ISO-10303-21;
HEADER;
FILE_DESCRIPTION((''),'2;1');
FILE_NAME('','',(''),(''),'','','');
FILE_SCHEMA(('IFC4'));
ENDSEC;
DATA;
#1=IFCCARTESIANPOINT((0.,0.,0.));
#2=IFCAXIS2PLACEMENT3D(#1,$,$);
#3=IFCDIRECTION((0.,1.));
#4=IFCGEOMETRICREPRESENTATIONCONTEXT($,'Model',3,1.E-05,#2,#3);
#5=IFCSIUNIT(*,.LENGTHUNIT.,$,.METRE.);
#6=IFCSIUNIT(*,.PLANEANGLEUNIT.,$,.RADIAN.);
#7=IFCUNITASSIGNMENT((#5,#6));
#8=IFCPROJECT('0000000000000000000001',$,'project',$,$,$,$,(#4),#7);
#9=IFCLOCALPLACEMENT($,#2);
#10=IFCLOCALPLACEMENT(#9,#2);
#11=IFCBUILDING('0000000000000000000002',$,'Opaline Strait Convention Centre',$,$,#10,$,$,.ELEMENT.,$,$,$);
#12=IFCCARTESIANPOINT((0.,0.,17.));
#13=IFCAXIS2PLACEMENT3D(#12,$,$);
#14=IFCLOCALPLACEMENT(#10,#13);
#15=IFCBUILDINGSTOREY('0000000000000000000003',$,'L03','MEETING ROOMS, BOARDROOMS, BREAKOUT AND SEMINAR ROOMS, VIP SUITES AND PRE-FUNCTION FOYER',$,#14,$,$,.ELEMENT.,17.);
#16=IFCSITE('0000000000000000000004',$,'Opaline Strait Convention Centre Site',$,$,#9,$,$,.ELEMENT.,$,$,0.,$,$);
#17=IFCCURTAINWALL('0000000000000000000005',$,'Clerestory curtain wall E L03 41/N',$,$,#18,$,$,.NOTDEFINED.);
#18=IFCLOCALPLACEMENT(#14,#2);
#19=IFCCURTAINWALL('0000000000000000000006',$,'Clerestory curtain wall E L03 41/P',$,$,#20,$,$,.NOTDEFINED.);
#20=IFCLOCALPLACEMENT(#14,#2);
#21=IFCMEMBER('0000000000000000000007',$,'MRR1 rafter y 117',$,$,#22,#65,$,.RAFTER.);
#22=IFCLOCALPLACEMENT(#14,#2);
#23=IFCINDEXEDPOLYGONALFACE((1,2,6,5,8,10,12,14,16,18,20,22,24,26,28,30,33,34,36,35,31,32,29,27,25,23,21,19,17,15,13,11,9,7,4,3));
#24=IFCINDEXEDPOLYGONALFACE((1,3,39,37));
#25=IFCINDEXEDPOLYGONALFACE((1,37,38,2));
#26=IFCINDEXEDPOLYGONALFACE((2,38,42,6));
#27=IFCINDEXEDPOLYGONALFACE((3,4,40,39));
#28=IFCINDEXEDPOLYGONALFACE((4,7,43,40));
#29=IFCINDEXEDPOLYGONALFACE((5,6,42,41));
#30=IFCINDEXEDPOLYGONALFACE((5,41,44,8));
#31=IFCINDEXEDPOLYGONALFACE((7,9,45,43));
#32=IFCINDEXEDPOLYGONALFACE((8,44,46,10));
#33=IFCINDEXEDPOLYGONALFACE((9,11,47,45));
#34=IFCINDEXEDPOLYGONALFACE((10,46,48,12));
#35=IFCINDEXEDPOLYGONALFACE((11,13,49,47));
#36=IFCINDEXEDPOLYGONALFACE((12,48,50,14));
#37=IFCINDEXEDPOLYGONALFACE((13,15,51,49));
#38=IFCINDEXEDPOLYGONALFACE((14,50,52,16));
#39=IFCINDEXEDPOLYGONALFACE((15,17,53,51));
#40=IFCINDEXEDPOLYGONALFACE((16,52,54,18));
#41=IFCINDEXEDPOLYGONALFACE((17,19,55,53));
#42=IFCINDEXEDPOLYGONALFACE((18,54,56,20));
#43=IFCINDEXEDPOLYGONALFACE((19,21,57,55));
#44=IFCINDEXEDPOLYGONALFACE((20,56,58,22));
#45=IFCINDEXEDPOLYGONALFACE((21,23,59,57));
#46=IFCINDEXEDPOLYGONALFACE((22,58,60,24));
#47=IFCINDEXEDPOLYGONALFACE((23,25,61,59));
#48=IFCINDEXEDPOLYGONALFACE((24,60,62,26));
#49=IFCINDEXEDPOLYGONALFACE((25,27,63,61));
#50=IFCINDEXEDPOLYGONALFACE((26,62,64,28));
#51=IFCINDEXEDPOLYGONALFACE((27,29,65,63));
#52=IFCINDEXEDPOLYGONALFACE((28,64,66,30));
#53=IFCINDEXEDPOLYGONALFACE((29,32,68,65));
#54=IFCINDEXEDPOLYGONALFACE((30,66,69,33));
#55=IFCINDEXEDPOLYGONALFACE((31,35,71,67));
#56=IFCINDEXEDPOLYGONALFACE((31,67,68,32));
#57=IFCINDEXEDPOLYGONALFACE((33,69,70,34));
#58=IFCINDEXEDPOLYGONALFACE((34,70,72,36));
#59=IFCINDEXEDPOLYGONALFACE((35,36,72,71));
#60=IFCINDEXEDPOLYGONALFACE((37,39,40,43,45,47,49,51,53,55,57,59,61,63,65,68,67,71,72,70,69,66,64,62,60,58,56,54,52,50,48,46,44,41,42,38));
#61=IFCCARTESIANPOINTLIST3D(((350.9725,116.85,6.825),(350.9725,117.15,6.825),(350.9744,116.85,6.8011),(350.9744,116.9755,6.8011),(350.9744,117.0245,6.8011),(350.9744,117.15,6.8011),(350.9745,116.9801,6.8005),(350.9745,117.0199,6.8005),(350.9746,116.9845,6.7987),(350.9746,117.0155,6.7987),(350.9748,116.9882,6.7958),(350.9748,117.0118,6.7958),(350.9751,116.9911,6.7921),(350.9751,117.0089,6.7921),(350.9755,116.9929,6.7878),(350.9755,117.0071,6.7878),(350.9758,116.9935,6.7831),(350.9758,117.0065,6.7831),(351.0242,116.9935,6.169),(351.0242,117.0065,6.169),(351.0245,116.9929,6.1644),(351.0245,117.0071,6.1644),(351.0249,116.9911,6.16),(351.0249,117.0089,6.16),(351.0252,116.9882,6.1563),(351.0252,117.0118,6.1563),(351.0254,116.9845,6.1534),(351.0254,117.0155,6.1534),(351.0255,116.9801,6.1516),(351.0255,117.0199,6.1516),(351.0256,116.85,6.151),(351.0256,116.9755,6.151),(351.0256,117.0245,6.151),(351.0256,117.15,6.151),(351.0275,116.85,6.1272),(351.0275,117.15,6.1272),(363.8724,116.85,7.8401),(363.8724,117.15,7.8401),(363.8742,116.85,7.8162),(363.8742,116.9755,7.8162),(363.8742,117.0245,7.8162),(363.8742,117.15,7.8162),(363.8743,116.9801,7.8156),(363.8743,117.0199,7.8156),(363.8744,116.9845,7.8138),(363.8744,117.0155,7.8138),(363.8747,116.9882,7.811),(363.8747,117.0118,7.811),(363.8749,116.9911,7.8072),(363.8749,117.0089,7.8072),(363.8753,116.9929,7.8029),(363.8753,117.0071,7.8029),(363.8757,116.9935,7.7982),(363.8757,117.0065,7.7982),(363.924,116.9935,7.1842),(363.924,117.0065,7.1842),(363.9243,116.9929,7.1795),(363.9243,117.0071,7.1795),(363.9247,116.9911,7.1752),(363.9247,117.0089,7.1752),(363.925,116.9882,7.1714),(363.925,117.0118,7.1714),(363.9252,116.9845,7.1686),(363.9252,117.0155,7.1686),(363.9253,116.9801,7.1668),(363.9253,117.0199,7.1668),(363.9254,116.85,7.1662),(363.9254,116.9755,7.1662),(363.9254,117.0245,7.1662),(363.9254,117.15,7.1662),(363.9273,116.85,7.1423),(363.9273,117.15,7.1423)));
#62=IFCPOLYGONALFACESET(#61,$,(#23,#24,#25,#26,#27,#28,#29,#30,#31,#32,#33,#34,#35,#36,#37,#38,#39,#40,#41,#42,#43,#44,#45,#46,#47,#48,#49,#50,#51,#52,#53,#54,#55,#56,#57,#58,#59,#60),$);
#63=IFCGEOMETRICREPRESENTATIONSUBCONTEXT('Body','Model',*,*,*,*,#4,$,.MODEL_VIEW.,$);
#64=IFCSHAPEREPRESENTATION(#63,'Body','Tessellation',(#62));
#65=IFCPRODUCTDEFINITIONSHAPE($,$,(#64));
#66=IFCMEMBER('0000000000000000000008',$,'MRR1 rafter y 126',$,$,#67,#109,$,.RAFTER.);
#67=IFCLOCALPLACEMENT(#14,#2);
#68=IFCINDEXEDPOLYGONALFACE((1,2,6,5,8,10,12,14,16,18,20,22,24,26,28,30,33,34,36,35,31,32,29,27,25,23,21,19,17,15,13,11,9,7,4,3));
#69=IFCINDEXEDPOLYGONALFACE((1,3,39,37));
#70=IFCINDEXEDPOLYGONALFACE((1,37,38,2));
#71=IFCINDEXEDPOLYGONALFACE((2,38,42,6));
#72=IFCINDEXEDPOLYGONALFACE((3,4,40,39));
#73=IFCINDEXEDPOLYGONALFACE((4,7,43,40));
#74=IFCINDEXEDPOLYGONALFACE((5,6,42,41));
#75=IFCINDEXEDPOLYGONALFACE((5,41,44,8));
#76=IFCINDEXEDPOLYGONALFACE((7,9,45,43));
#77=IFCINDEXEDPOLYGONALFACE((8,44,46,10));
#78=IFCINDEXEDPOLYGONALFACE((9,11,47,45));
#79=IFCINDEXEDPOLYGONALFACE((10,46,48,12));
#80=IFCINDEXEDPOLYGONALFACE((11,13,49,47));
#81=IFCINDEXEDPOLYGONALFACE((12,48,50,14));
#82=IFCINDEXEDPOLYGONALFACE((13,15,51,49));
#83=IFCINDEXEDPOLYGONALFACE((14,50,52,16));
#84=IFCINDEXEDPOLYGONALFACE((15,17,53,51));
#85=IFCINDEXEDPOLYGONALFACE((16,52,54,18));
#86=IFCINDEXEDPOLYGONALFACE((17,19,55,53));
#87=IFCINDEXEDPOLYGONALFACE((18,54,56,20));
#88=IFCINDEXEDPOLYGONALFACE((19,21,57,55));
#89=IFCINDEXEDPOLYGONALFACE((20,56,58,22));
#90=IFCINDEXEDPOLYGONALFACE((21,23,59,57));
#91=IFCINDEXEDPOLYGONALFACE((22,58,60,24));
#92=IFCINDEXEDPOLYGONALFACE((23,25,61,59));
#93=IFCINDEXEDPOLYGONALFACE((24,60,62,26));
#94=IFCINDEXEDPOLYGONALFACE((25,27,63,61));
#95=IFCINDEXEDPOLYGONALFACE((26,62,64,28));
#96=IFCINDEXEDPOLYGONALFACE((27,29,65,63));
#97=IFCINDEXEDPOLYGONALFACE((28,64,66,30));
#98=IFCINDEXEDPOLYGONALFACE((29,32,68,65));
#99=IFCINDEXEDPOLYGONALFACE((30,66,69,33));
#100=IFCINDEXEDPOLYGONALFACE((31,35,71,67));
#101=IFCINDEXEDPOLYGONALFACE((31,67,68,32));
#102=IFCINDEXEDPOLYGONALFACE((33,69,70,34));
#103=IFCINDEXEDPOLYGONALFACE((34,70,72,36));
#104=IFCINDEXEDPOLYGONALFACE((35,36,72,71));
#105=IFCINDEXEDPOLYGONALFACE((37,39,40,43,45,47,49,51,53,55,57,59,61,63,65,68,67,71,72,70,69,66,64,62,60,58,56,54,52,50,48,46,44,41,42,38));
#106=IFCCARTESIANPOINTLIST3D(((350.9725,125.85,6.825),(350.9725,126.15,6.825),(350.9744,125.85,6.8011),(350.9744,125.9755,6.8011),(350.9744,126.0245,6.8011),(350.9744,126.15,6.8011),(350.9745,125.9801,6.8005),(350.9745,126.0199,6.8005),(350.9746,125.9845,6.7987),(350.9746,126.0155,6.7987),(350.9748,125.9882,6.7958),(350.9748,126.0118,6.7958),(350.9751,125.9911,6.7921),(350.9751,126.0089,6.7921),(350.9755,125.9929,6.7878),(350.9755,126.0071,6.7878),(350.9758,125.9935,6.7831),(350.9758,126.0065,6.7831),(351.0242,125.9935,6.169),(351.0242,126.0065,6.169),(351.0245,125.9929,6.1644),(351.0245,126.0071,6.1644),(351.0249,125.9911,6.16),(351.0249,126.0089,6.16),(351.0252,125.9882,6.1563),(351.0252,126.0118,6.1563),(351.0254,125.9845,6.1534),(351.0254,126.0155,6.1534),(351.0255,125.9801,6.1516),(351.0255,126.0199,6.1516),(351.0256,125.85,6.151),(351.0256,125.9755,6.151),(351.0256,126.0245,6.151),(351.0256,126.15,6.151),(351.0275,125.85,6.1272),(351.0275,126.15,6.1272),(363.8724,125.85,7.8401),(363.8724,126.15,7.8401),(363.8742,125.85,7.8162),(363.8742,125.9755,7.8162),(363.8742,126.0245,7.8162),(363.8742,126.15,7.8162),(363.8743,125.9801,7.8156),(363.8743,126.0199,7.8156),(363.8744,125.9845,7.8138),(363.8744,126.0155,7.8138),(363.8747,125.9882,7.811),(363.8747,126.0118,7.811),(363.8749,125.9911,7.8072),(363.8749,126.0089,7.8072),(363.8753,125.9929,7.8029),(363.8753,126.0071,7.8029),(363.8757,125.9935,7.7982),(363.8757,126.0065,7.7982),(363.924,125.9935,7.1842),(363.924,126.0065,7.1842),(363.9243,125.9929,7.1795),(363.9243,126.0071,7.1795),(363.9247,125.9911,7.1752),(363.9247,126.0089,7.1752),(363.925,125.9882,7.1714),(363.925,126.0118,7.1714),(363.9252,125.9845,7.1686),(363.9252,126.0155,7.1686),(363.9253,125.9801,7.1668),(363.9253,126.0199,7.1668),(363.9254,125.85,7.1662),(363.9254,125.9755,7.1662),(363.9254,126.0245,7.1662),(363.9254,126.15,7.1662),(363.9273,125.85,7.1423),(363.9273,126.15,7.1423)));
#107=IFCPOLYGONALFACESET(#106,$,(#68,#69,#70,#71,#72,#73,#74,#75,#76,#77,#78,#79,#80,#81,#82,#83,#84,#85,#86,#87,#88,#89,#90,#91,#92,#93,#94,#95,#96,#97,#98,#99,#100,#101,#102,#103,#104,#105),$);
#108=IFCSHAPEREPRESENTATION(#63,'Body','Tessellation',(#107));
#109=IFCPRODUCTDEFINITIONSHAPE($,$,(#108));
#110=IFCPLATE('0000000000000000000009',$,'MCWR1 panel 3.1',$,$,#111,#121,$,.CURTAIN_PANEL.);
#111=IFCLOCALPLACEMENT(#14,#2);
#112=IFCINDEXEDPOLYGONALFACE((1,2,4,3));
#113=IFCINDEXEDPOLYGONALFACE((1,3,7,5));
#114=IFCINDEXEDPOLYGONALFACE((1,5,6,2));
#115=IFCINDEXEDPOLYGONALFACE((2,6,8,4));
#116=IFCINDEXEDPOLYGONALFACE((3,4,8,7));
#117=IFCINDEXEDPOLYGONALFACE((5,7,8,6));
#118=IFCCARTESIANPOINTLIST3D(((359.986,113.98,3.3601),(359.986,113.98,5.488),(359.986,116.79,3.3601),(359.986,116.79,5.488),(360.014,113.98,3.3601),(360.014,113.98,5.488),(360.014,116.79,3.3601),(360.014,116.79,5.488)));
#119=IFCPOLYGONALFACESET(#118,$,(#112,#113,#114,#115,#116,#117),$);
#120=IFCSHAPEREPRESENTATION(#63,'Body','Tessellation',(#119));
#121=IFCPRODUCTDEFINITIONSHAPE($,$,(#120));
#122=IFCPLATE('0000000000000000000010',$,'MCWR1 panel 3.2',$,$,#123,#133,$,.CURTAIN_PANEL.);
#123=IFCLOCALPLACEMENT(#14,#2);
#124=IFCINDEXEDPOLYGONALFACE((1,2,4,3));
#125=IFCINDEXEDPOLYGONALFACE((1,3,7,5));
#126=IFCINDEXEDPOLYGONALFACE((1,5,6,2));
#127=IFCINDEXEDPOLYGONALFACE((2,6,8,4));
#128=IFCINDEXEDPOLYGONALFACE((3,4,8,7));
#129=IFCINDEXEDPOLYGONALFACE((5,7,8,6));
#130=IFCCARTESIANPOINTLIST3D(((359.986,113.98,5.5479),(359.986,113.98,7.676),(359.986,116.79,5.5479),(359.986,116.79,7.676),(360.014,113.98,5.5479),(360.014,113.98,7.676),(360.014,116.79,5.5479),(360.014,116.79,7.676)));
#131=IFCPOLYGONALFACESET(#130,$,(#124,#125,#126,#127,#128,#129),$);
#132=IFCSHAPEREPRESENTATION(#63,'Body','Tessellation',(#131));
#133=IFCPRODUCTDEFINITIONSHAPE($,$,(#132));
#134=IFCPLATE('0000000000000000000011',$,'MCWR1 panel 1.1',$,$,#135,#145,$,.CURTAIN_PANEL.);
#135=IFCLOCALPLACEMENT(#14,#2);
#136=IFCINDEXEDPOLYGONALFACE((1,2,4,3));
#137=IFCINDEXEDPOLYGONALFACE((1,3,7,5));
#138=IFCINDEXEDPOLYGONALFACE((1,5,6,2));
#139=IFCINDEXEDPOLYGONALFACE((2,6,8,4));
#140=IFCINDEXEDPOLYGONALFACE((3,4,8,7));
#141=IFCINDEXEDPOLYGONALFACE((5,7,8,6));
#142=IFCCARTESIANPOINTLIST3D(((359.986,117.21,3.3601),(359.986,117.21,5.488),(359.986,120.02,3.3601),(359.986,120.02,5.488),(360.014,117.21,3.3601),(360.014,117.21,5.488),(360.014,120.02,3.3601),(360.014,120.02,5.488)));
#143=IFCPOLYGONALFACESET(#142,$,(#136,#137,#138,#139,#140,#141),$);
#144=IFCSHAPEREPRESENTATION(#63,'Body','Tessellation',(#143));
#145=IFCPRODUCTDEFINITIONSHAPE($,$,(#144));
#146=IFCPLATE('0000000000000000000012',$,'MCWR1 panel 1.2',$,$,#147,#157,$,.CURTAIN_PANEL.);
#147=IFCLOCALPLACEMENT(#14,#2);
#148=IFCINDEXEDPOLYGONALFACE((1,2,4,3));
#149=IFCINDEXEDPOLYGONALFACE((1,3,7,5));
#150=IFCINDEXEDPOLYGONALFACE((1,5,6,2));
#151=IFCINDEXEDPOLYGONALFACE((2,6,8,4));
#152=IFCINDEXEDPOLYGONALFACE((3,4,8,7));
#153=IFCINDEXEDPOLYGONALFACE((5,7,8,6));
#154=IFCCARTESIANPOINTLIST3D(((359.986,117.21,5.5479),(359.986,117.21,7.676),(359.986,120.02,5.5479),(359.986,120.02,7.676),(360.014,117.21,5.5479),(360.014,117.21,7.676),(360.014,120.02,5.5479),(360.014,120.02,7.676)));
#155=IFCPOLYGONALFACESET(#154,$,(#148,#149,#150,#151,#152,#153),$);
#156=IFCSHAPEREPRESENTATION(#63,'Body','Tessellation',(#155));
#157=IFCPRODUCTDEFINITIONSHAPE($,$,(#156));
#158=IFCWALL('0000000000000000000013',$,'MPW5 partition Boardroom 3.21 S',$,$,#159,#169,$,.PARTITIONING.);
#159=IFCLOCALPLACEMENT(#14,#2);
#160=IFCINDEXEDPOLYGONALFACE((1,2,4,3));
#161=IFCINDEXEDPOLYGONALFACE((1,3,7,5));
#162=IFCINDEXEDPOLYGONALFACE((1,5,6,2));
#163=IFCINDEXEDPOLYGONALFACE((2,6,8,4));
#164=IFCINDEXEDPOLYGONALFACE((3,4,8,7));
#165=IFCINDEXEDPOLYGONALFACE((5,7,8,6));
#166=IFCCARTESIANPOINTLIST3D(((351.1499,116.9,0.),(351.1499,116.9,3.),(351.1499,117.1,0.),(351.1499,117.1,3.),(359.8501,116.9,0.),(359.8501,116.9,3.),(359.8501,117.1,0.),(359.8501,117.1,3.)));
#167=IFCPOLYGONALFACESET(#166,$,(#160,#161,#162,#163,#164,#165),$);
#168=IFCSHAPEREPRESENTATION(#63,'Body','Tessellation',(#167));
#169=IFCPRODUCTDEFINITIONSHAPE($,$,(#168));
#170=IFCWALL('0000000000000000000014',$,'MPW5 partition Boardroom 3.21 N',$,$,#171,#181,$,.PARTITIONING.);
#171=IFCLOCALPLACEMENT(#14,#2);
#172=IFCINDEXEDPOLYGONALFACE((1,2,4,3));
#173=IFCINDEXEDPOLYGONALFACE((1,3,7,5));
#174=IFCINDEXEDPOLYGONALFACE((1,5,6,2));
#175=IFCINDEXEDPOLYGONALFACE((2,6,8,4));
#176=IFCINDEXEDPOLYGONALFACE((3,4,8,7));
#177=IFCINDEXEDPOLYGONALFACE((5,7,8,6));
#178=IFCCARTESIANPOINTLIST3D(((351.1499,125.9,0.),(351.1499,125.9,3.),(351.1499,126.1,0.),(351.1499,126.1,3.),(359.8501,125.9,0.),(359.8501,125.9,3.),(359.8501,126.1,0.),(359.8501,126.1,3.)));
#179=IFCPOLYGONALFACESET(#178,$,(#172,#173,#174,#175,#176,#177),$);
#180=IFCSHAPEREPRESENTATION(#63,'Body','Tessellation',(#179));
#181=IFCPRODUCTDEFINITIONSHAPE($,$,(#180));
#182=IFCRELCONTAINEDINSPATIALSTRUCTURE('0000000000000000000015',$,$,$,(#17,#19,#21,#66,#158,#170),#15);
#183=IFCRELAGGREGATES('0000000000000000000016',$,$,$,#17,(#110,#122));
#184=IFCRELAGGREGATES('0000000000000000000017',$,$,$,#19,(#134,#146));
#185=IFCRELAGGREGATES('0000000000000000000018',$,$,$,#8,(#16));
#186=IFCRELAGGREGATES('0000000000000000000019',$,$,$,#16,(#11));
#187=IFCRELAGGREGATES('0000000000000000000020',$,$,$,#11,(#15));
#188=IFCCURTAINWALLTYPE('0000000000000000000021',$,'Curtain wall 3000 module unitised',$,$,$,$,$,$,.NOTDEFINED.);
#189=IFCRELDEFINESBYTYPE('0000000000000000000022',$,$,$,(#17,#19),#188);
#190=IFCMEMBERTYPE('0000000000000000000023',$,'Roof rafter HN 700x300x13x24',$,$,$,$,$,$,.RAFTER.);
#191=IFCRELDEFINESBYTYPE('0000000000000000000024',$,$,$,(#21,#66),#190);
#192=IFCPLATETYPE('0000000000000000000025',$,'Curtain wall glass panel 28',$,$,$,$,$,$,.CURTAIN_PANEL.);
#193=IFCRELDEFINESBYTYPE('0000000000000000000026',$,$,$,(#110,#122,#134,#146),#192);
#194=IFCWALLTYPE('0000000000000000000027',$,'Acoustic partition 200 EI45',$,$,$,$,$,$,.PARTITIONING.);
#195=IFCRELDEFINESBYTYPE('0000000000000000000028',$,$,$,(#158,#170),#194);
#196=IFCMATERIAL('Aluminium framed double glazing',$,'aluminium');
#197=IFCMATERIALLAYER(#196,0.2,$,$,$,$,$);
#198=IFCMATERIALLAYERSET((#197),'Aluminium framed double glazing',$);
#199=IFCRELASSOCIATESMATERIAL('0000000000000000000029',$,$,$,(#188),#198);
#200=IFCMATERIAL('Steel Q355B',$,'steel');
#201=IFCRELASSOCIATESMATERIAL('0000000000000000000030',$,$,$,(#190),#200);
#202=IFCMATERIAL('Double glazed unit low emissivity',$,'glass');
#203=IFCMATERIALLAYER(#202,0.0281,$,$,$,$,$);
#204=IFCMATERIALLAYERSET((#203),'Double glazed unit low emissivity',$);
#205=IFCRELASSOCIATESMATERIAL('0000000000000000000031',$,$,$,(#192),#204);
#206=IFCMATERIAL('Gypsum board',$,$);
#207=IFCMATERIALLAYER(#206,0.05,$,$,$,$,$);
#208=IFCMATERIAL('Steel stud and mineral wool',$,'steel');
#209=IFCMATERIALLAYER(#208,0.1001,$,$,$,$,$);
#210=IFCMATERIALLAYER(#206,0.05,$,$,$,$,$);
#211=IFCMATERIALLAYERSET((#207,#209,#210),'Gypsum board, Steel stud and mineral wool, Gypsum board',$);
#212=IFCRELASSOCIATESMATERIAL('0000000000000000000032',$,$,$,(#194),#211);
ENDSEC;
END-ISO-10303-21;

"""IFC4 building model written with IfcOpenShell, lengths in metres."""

from ifc_helpers import new_model, si_unit, direction, frame, frame_2d, origin, origin_2d, place, context, subcontext, project, spatial, rectangle, i_section, extrude, material, layer, layer_set, material_profile, profile_set, type_object, element, aggregate, save


model = new_model("IFC4")

# Units and contexts
model_context = context("Model", 3, precision=1e-05, world=origin(), true_north=direction((0.0, 1.0)))
body_context = subcontext(model_context, "Body", "Model", "MODEL_VIEW")
ifc_project = project(units=[si_unit("LENGTHUNIT", "METRE"), si_unit("PLANEANGLEUNIT", "RADIAN")], contexts=[model_context])

# Site, building, storey
site_placement = place(None, origin())
site = spatial("IfcSite", under=ifc_project, at=site_placement, Name="Opaline Strait Convention Centre Site", CompositionType="ELEMENT", RefElevation=0.0)
building_placement = place(site_placement, origin())
building = spatial("IfcBuilding", under=site, at=building_placement, Name="Opaline Strait Convention Centre", CompositionType="ELEMENT")
storey_placement = place(building_placement, frame((0.0, 0.0, 17.0)))
storey = spatial("IfcBuildingStorey", under=building, at=storey_placement, Name="L03", Description="MEETING ROOMS, BOARDROOMS, BREAKOUT AND SEMINAR ROOMS, VIP SUITES AND PRE-FUNCTION FOYER", CompositionType="ELEMENT", Elevation=17.0)

# Shared definitions
ifc_material_1 = material(Name="Steel Q355B", Category="steel")

# Curtain walls
ifc_material_2 = material(Name="Aluminium framed double glazing", Category="aluminium")
ifc_layer_1 = layer(ifc_material_2, 0.2)
ifc_layer_set_1 = layer_set([ifc_layer_1], Name="Aluminium framed double glazing")
curtain_wall_type = type_object("IfcCurtainWallType", Name="Curtain wall 3000 module unitised", PredefinedType="NOTDEFINED", material=ifc_layer_set_1)
curtain_wall_1_placement = place(storey_placement, origin())
curtain_wall_1 = element("IfcCurtainWall", 1, at=curtain_wall_1_placement, inside=storey, type_object=curtain_wall_type, Name="Clerestory curtain wall E L03 41/N", PredefinedType="NOTDEFINED")
curtain_wall_2_placement = place(storey_placement, origin())
curtain_wall_2 = element("IfcCurtainWall", 2, at=curtain_wall_2_placement, inside=storey, type_object=curtain_wall_type, Name="Clerestory curtain wall E L03 41/P", PredefinedType="NOTDEFINED")

# Members
ifc_material_profile_1 = material_profile(ifc_material_1, i_section(OverallWidth=0.3, OverallDepth=0.7, WebThickness=0.0129, FlangeThickness=0.0239, FilletRadius=0.0181, at=origin_2d()), Name="HN 700x300x13x24")
ifc_profile_set_1 = profile_set([ifc_material_profile_1], Name="Steel Q355B")
member_type_1 = type_object("IfcMemberType", Name="Roof rafter HN 700x300x13x24", PredefinedType="RAFTER", material=ifc_profile_set_1)
for number, where, z_axis, x_axis, name in (
    (3, (351.0, 117.0, 6.4761), (0.996918, 0.0, 0.078451), (0.0, 1.0, 0.0), "MRR1 rafter y 117"),
    (4, (351.0, 126.0, 6.4761), (0.996918, 0.0, 0.078451), (0.0, 1.0, 0.0), "MRR1 rafter y 126"),
):
    element("IfcMember", number, at=place(storey_placement, frame(where, z_axis=z_axis, x_axis=x_axis)), inside=storey, type_object=member_type_1, Name=name, PredefinedType="RAFTER", context=body_context, shape_type="SweptSolid", body=[
        extrude(i_section(OverallWidth=0.3, OverallDepth=0.7, WebThickness=0.0129, FlangeThickness=0.0239, FilletRadius=0.0181, at=origin_2d()), origin(), (0.0, 0.0, 1.0), 12.9397),
    ])

# Plates
ifc_material_3 = material(Name="Double glazed unit low emissivity", Category="glass")
ifc_layer_2 = layer(ifc_material_3, 0.0281)
ifc_layer_set_2 = layer_set([ifc_layer_2], Name="Double glazed unit low emissivity")
plate_type = type_object("IfcPlateType", Name="Curtain wall glass panel 28", PredefinedType="CURTAIN_PANEL", material=ifc_layer_set_2)
plate_1_placement = place(storey_placement, frame((360.0, 115.385, 3.3601), z_axis=(0.0, 0.0, 1.0), x_axis=(0.0, 1.0, 0.0)))
plate_1 = element("IfcPlate", 5, at=plate_1_placement, type_object=plate_type, Name="MCWR1 panel 3.1", PredefinedType="CURTAIN_PANEL", context=body_context, shape_type="SweptSolid", body=[
    extrude(rectangle(XDim=2.8101, YDim=0.0281, at=origin_2d()), origin(), (0.0, 0.0, 1.0), 2.1279),
])
plate_2_placement = place(storey_placement, frame((360.0, 115.385, 5.5479), z_axis=(0.0, 0.0, 1.0), x_axis=(0.0, 1.0, 0.0)))
plate_2 = element("IfcPlate", 6, at=plate_2_placement, type_object=plate_type, Name="MCWR1 panel 3.2", PredefinedType="CURTAIN_PANEL", context=body_context, shape_type="SweptSolid", body=[
    extrude(rectangle(XDim=2.8101, YDim=0.0281, at=origin_2d()), origin(), (0.0, 0.0, 1.0), 2.1282),
])
aggregate(curtain_wall_1, [plate_1, plate_2])
plate_3_placement = place(storey_placement, frame((360.0, 118.615, 3.3601), z_axis=(0.0, 0.0, 1.0), x_axis=(0.0, 1.0, 0.0)))
plate_3 = element("IfcPlate", 7, at=plate_3_placement, type_object=plate_type, Name="MCWR1 panel 1.1", PredefinedType="CURTAIN_PANEL", context=body_context, shape_type="SweptSolid", body=[
    extrude(rectangle(XDim=2.8101, YDim=0.0281, at=origin_2d()), origin(), (0.0, 0.0, 1.0), 2.1279),
])
plate_4_placement = place(storey_placement, frame((360.0, 118.615, 5.5479), z_axis=(0.0, 0.0, 1.0), x_axis=(0.0, 1.0, 0.0)))
plate_4 = element("IfcPlate", 8, at=plate_4_placement, type_object=plate_type, Name="MCWR1 panel 1.2", PredefinedType="CURTAIN_PANEL", context=body_context, shape_type="SweptSolid", body=[
    extrude(rectangle(XDim=2.8101, YDim=0.0281, at=origin_2d()), origin(), (0.0, 0.0, 1.0), 2.1282),
])
aggregate(curtain_wall_2, [plate_3, plate_4])

# Walls
ifc_material_4 = material(Name="Gypsum board")
ifc_layer_3 = layer(ifc_material_4, 0.05)
ifc_material_5 = material(Name="Steel stud and mineral wool", Category="steel")
ifc_layer_4 = layer(ifc_material_5, 0.1001)
ifc_layer_5 = layer(ifc_material_4, 0.05)
ifc_layer_set_3 = layer_set([ifc_layer_3, ifc_layer_4, ifc_layer_5], Name="Gypsum board, Steel stud and mineral wool, Gypsum board")
wall_type_1 = type_object("IfcWallType", Name="Acoustic partition 200 EI45", PredefinedType="PARTITIONING", material=ifc_layer_set_3)
for number, where, z_axis, x_axis, name in (
    (9, (351.1499, 117.0, 0.0), (0.0, 0.0, 1.0), (1.0, 0.0, 0.0), "MPW5 partition Boardroom 3.21 S"),
    (10, (351.1499, 126.0, 0.0), (0.0, 0.0, 1.0), (1.0, 0.0, 0.0), "MPW5 partition Boardroom 3.21 N"),
):
    element("IfcWall", number, at=place(storey_placement, frame(where, z_axis=z_axis, x_axis=x_axis)), inside=storey, type_object=wall_type_1, Name=name, PredefinedType="PARTITIONING", context=body_context, shape_type="SweptSolid", body=[
        extrude(rectangle(XDim=8.7002, YDim=0.2, at=frame_2d((4.3501, 0.0))), origin(), (0.0, 0.0, 1.0), 3.0),
    ])

save(model, "model.ifc")
